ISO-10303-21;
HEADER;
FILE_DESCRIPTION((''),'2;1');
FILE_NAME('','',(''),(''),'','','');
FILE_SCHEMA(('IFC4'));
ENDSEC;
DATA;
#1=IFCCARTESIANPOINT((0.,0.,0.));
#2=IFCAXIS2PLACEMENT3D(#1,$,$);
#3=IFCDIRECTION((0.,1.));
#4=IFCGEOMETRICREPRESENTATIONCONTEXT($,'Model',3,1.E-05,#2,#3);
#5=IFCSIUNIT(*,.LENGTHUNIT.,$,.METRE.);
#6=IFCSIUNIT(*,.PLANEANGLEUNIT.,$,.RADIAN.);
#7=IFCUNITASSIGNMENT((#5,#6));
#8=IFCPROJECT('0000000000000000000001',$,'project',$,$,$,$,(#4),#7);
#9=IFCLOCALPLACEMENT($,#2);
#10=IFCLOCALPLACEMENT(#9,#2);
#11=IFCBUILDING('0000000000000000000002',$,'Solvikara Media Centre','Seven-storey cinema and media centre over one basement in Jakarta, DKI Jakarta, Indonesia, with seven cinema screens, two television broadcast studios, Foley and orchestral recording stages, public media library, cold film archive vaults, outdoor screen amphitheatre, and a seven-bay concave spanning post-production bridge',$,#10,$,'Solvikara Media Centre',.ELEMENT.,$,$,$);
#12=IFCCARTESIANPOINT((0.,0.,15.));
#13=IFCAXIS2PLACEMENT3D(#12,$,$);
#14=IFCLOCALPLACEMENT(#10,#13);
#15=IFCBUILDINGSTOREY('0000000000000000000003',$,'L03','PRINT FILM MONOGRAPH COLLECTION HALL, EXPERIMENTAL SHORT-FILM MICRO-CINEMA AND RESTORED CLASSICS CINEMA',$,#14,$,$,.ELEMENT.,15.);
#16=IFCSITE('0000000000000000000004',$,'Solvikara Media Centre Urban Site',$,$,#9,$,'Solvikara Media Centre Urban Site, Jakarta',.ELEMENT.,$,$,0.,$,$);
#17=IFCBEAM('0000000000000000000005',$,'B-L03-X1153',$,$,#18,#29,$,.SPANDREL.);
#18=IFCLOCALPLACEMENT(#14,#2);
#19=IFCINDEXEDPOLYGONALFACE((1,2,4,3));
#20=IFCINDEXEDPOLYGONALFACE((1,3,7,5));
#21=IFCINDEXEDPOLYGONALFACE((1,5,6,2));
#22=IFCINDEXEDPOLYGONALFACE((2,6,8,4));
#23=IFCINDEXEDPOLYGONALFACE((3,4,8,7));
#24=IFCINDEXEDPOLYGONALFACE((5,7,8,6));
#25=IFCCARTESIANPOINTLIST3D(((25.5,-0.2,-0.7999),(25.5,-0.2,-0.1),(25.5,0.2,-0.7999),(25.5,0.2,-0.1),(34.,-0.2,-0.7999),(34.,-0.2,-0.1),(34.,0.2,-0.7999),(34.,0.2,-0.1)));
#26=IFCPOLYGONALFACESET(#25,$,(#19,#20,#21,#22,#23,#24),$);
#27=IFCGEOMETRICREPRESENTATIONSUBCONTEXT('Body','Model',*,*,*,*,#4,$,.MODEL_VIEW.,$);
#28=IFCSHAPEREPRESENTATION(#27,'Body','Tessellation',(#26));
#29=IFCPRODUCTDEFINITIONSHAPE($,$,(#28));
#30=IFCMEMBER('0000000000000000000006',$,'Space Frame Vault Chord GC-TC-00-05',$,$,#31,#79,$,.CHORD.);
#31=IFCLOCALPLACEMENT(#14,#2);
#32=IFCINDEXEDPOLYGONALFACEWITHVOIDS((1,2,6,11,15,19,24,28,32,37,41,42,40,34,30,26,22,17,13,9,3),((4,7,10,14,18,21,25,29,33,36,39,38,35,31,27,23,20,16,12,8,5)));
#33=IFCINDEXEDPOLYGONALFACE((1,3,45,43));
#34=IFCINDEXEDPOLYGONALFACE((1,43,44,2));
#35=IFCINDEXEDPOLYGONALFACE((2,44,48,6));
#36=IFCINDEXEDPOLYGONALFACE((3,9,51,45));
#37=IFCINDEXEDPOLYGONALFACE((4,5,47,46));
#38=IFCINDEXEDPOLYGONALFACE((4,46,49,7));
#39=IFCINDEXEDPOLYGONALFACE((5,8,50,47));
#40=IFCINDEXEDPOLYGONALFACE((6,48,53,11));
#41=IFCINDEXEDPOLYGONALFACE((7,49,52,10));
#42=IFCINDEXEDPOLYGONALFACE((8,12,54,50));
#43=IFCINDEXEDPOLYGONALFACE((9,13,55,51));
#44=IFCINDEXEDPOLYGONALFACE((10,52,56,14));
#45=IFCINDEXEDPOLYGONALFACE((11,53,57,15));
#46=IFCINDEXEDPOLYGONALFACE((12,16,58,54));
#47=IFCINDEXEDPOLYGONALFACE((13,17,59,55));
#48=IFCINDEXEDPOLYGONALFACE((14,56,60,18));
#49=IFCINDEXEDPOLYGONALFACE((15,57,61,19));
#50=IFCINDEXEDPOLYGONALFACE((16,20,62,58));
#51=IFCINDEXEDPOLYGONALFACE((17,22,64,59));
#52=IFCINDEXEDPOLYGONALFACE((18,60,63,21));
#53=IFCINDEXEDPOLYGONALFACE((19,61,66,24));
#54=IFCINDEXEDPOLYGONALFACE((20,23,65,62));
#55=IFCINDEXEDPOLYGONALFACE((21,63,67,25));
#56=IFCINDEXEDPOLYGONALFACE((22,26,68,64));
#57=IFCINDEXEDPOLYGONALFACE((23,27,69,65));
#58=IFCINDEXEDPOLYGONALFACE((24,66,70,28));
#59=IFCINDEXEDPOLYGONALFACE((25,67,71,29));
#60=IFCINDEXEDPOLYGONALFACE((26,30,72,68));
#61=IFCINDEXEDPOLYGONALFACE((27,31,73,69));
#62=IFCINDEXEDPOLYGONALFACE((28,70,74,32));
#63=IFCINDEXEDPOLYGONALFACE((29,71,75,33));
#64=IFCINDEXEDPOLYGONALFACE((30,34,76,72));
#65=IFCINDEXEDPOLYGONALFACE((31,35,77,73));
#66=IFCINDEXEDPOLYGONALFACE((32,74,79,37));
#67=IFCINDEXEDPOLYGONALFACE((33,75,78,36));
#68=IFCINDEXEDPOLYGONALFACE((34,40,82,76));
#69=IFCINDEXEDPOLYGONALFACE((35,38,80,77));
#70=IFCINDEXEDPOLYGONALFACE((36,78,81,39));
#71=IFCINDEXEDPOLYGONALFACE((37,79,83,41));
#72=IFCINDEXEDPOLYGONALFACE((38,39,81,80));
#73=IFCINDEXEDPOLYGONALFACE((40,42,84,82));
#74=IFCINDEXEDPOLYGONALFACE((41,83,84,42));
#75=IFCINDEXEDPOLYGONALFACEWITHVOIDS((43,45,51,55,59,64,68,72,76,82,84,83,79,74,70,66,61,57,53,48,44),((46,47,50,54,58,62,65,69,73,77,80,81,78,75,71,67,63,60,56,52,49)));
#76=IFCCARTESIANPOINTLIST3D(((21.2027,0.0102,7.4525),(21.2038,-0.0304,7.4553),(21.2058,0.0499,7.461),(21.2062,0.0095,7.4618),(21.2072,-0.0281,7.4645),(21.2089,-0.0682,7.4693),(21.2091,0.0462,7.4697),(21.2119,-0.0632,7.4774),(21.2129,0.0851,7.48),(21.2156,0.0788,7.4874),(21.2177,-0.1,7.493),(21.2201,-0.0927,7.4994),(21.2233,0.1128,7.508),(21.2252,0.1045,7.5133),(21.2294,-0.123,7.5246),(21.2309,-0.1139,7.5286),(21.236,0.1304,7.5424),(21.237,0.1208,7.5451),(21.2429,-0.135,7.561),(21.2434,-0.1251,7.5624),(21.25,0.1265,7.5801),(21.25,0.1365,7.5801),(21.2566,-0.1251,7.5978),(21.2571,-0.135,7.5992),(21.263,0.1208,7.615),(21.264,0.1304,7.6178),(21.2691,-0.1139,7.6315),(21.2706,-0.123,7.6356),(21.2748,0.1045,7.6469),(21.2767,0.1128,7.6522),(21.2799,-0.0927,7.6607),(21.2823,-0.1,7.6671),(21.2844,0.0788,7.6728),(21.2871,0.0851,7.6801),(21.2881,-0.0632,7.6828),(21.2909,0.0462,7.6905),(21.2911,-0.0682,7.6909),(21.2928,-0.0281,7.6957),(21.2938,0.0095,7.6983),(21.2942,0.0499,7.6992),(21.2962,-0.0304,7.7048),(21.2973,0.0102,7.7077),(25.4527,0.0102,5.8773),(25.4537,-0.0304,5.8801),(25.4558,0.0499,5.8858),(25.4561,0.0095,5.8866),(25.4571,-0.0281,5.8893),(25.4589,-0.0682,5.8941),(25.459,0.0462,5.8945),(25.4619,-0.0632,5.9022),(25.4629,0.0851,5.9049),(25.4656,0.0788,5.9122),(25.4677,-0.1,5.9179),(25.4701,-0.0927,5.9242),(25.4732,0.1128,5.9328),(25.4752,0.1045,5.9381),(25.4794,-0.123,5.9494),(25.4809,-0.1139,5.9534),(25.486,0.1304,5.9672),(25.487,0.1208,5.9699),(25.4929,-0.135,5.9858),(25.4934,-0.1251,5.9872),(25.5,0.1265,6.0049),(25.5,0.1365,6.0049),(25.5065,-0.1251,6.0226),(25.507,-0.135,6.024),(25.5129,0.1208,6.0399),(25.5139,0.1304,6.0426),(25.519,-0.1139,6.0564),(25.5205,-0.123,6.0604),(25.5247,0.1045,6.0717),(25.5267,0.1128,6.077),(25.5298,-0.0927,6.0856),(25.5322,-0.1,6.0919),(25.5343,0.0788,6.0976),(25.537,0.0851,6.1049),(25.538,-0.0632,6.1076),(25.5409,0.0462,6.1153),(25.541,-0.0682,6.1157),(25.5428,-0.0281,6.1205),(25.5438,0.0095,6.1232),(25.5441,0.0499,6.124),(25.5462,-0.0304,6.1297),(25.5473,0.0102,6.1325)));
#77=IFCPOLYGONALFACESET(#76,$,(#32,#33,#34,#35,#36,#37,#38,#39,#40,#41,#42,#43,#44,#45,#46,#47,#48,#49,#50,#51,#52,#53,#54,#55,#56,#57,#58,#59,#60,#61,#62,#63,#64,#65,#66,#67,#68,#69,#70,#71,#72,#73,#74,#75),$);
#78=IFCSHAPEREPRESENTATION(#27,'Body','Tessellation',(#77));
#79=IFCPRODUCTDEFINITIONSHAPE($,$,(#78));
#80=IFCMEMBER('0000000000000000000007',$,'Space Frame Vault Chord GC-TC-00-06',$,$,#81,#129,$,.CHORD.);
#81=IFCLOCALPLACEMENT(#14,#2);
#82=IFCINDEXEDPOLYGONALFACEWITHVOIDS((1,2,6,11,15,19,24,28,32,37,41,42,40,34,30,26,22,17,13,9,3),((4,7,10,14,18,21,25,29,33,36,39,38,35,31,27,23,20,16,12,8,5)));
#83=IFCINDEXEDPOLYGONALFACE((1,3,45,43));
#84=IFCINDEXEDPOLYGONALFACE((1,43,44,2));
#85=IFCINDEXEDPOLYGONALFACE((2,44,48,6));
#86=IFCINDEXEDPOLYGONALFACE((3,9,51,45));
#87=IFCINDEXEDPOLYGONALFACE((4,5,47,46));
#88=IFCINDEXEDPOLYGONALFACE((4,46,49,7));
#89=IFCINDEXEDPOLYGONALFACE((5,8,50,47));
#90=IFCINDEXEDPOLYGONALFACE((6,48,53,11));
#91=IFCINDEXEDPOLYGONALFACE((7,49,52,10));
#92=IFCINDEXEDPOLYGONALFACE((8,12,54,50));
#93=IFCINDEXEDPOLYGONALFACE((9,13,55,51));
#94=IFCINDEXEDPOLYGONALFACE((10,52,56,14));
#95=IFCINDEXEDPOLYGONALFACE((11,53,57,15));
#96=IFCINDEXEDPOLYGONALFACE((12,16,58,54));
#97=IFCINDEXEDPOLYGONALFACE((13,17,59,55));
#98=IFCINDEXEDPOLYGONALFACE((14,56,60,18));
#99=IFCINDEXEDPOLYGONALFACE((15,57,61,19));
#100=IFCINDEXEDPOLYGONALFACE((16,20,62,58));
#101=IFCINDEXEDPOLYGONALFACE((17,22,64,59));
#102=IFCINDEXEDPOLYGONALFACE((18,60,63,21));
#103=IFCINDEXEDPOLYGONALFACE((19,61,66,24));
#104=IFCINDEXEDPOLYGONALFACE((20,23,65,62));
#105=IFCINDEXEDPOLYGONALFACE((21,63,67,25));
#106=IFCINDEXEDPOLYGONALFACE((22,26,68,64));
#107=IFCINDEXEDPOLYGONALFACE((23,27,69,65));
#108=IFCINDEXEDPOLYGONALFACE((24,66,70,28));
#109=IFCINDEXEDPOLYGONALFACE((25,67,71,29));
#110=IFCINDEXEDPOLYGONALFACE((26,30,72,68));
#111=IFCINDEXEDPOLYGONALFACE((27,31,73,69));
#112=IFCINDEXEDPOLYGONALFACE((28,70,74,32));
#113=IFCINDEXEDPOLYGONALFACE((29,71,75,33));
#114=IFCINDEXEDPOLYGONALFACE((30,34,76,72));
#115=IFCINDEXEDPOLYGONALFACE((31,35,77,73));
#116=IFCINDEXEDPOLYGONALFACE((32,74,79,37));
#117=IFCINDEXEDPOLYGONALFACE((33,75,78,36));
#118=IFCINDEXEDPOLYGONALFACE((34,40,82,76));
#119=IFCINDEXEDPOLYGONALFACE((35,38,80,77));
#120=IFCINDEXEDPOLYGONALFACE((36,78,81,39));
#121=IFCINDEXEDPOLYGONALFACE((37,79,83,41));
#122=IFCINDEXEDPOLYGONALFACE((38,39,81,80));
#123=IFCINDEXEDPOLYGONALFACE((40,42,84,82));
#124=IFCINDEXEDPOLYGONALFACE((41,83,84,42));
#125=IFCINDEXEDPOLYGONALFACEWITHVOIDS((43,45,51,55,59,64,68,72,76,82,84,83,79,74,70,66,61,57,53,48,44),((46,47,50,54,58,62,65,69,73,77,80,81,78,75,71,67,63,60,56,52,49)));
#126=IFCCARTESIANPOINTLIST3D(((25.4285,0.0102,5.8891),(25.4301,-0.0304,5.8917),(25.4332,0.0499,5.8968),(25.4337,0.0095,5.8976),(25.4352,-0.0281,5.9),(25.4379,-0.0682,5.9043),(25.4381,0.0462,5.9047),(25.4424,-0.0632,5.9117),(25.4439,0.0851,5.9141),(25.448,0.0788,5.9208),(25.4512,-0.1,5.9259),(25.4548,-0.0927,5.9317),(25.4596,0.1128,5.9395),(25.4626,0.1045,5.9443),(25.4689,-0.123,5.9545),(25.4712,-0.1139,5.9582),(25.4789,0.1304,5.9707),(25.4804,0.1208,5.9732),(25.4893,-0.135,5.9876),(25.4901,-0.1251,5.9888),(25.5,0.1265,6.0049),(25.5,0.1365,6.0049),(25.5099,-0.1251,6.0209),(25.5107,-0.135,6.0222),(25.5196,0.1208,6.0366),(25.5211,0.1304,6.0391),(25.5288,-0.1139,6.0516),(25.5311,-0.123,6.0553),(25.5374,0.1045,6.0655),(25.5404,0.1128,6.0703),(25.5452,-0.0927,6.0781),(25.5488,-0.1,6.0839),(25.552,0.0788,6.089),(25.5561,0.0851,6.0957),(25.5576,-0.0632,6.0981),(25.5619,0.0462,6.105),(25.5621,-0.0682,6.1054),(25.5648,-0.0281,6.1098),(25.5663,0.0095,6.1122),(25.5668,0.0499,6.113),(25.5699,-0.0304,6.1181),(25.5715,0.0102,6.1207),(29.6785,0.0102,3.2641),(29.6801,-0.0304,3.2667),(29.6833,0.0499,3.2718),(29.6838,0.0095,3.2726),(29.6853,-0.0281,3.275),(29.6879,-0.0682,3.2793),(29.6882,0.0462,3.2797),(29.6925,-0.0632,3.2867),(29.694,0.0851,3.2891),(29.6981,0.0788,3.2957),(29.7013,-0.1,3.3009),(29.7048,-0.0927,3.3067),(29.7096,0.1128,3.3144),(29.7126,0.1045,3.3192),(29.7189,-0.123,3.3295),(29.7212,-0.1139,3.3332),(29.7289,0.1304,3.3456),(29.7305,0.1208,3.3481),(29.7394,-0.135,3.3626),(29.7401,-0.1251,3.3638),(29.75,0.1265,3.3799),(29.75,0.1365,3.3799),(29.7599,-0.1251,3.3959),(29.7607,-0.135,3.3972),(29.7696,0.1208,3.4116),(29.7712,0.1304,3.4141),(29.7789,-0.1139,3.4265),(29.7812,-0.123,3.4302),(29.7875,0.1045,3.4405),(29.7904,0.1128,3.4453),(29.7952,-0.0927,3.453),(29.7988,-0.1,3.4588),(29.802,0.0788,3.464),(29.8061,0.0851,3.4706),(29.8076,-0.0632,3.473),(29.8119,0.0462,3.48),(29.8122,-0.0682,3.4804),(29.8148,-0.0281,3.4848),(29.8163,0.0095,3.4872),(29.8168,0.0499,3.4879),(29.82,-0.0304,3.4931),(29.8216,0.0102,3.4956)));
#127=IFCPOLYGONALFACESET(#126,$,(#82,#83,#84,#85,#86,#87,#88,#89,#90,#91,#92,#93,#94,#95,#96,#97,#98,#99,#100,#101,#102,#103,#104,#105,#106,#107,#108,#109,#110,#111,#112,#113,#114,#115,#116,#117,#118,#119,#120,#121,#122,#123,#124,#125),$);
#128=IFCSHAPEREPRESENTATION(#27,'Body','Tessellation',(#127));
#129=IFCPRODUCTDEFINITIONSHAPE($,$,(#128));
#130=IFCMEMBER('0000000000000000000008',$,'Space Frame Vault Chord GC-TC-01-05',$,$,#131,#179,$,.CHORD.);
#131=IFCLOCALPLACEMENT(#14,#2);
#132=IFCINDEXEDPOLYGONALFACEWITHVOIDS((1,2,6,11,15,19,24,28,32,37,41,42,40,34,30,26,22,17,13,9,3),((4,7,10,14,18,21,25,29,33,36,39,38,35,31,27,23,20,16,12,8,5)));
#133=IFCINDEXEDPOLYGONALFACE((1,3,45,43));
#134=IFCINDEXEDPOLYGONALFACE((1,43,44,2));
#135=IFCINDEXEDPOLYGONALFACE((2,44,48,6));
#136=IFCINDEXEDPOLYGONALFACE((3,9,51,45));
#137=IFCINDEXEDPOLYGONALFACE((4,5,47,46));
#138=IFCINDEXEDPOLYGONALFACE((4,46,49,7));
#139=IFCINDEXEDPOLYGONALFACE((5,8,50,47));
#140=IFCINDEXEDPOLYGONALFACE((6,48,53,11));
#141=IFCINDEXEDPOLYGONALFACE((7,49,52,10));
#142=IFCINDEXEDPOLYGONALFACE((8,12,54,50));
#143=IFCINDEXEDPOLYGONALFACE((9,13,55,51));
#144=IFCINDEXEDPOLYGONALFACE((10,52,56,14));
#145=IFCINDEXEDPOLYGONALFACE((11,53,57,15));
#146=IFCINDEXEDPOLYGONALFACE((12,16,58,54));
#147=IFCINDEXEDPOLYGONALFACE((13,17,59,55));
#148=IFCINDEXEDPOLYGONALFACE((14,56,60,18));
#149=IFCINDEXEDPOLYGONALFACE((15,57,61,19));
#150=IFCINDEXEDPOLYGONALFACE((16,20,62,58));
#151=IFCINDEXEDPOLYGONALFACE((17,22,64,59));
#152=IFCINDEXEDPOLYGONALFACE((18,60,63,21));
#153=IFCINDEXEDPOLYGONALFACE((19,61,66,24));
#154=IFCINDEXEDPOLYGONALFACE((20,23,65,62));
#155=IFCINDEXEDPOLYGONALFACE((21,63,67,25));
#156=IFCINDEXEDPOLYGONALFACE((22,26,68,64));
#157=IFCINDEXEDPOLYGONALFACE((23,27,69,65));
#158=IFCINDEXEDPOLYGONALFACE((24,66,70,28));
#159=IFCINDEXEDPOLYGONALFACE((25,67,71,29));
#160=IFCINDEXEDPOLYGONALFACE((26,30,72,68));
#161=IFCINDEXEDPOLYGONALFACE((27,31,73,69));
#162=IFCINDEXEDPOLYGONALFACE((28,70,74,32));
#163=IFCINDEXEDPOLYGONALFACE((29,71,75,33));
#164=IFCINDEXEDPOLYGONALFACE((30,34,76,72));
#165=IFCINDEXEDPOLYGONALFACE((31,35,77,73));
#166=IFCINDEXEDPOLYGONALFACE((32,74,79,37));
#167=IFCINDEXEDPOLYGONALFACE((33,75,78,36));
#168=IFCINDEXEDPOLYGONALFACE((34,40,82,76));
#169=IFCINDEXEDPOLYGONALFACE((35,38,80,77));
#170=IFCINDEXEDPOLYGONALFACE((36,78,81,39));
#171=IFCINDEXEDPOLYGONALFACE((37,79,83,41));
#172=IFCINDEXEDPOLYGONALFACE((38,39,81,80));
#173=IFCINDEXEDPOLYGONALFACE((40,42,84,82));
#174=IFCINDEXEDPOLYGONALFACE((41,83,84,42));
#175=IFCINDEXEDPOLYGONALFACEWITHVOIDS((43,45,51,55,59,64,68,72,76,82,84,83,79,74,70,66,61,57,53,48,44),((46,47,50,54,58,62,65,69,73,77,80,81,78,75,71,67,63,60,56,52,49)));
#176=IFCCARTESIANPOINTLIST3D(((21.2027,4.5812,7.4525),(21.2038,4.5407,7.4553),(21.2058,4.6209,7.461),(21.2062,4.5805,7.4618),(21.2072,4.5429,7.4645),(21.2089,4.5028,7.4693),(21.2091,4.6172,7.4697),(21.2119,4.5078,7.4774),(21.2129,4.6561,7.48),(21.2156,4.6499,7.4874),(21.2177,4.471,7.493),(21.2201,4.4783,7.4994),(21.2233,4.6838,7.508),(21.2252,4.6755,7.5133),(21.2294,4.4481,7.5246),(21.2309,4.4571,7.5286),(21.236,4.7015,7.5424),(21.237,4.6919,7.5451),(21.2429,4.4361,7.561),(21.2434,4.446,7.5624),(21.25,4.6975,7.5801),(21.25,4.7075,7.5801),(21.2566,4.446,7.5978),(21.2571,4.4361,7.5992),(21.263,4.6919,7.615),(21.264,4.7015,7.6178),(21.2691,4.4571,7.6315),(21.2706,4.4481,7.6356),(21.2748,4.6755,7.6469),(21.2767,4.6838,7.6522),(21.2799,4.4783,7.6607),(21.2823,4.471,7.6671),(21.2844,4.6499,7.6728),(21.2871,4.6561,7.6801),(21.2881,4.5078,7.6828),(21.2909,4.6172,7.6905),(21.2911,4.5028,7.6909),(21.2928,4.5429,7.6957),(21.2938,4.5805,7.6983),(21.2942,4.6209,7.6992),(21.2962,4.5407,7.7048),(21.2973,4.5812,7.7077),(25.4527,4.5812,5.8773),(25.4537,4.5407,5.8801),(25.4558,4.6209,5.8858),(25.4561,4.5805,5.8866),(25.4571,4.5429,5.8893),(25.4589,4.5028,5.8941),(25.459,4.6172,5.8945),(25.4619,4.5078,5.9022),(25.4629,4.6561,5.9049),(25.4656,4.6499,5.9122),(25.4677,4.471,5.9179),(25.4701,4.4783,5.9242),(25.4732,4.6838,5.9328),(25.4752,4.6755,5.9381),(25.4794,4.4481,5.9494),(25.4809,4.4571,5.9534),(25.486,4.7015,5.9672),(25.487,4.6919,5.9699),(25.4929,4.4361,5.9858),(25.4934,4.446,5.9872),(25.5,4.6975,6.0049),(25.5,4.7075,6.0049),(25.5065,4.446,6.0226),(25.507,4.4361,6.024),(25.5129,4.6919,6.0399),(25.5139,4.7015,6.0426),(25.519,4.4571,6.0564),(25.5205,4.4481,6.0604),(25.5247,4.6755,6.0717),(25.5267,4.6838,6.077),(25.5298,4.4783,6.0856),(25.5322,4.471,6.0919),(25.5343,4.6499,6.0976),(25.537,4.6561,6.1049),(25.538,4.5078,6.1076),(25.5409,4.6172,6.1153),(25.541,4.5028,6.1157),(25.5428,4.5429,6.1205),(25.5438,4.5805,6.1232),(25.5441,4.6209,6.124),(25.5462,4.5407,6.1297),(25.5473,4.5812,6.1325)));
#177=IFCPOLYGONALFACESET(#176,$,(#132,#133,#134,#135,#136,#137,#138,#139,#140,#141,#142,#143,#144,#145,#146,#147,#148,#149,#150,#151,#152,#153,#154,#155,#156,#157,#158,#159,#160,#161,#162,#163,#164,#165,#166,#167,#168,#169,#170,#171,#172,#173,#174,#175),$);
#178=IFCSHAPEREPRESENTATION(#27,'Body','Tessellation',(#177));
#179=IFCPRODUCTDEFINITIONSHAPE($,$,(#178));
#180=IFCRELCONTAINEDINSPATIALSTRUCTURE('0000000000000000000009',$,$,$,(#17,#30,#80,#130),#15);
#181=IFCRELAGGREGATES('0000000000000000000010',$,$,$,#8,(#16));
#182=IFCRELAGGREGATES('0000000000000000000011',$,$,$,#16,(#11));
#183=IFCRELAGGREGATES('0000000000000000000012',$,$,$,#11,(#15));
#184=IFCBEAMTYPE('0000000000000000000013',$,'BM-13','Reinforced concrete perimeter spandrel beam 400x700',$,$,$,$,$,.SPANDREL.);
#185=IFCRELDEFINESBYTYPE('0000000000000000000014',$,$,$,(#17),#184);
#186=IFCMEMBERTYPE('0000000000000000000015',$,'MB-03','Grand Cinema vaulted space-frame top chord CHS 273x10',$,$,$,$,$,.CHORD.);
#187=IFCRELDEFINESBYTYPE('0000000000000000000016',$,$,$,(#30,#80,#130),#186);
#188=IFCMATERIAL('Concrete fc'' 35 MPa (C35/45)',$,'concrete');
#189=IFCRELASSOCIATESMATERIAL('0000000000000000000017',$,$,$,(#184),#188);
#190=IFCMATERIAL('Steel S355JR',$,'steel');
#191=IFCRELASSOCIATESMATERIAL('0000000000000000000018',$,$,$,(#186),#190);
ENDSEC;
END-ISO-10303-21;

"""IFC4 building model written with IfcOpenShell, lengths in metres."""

from ifc_helpers import new_model, si_unit, direction, frame, origin, origin_2d, place, context, subcontext, project, spatial, rectangle, hollow_circle, extrude, material, material_profile, profile_set, type_object, element, save


model = new_model("IFC4")

# Units and contexts
model_context = context("Model", 3, precision=1e-05, world=origin(), true_north=direction((0.0, 1.0)))
body_context = subcontext(model_context, "Body", "Model", "MODEL_VIEW")
ifc_project = project(units=[si_unit("LENGTHUNIT", "METRE"), si_unit("PLANEANGLEUNIT", "RADIAN")], contexts=[model_context])

# Site, building, storey
site_placement = place(None, origin())
site = spatial("IfcSite", under=ifc_project, at=site_placement, Name="Solvikara Media Centre Urban Site", LongName="Solvikara Media Centre Urban Site, Jakarta", CompositionType="ELEMENT", RefElevation=0.0)
building_placement = place(site_placement, origin())
building = spatial("IfcBuilding", under=site, at=building_placement, Name="Solvikara Media Centre", Description="Seven-storey cinema and media centre over one basement in Jakarta, DKI Jakarta, Indonesia, with seven cinema screens, two television broadcast studios, Foley and orchestral recording stages, public media library, cold film archive vaults, outdoor screen amphitheatre, and a seven-bay concave spanning post-production bridge", LongName="Solvikara Media Centre", CompositionType="ELEMENT")
storey_placement = place(building_placement, frame((0.0, 0.0, 15.0)))
storey = spatial("IfcBuildingStorey", under=building, at=storey_placement, Name="L03", Description="PRINT FILM MONOGRAPH COLLECTION HALL, EXPERIMENTAL SHORT-FILM MICRO-CINEMA AND RESTORED CLASSICS CINEMA", CompositionType="ELEMENT", Elevation=15.0)

# Beam
ifc_material_1 = material(Name="Concrete fc' 35 MPa (C35/45)", Category="concrete")
ifc_material_profile_1 = material_profile(ifc_material_1, rectangle(XDim=0.3999, YDim=0.7, at=origin_2d()), Name="RC 400x700")
ifc_profile_set_1 = profile_set([ifc_material_profile_1], Name="Concrete fc' 35 MPa (C35/45)")
beam_type = type_object("IfcBeamType", Name="BM-13", Description="Reinforced concrete perimeter spandrel beam 400x700", PredefinedType="SPANDREL", material=ifc_profile_set_1)
beam_placement = place(storey_placement, frame((25.5, 0.0, -0.45), z_axis=(1.0, 0.0, 0.0), x_axis=(0.0, 1.0, 0.0)))
element("IfcBeam", 1, at=beam_placement, inside=storey, type_object=beam_type, Name="B-L03-X1153", PredefinedType="SPANDREL", context=body_context, shape_type="SweptSolid", body=[
    extrude(rectangle(XDim=0.3999, YDim=0.7, at=origin_2d()), origin(), (0.0, 0.0, 1.0), 8.5),
])

# Members
ifc_material_2 = material(Name="Steel S355JR", Category="steel")
ifc_material_profile_2 = material_profile(ifc_material_2, hollow_circle(Radius=0.1365, WallThickness=0.01, at=origin_2d()), Name="CHS 273x10")
ifc_profile_set_2 = profile_set([ifc_material_profile_2], Name="Steel S355JR")
member_type_1 = type_object("IfcMemberType", Name="MB-03", Description="Grand Cinema vaulted space-frame top chord CHS 273x10", PredefinedType="CHORD", material=ifc_profile_set_2)
member_1_placement = place(storey_placement, frame((21.25, 0.0, 7.5801), z_axis=(0.937668, 0.0, -0.347532), x_axis=(0.0, 1.0, 0.0)))
element("IfcMember", 2, at=member_1_placement, inside=storey, type_object=member_type_1, Name="Space Frame Vault Chord GC-TC-00-05", PredefinedType="CHORD", context=body_context, shape_type="SweptSolid", body=[
    extrude(hollow_circle(Radius=0.1365, WallThickness=0.01, at=origin_2d()), origin(), (0.0, 0.0, 1.0), 4.5325),
])
member_2_placement = place(storey_placement, frame((25.5, 0.0, 6.0049), z_axis=(0.850798, 0.0, -0.525493), x_axis=(0.0, 1.0, 0.0)))
element("IfcMember", 3, at=member_2_placement, inside=storey, type_object=member_type_1, Name="Space Frame Vault Chord GC-TC-00-06", PredefinedType="CHORD", context=body_context, shape_type="SweptSolid", body=[
    extrude(hollow_circle(Radius=0.1365, WallThickness=0.01, at=origin_2d()), origin(), (0.0, 0.0, 1.0), 4.9954),
])
for number, where, z_axis, x_axis, name in (
    (4, (21.25, 4.571, 7.5801), (0.937668, 0.0, -0.347532), (0.0, 1.0, 0.0), "Space Frame Vault Chord GC-TC-01-05"),
):
    element("IfcMember", number, at=place(storey_placement, frame(where, z_axis=z_axis, x_axis=x_axis)), inside=storey, type_object=member_type_1, Name=name, PredefinedType="CHORD", context=body_context, shape_type="SweptSolid", body=[
        extrude(hollow_circle(Radius=0.1365, WallThickness=0.01, at=origin_2d()), origin(), (0.0, 0.0, 1.0), 4.5325),
    ])

save(model, "model.ifc")
